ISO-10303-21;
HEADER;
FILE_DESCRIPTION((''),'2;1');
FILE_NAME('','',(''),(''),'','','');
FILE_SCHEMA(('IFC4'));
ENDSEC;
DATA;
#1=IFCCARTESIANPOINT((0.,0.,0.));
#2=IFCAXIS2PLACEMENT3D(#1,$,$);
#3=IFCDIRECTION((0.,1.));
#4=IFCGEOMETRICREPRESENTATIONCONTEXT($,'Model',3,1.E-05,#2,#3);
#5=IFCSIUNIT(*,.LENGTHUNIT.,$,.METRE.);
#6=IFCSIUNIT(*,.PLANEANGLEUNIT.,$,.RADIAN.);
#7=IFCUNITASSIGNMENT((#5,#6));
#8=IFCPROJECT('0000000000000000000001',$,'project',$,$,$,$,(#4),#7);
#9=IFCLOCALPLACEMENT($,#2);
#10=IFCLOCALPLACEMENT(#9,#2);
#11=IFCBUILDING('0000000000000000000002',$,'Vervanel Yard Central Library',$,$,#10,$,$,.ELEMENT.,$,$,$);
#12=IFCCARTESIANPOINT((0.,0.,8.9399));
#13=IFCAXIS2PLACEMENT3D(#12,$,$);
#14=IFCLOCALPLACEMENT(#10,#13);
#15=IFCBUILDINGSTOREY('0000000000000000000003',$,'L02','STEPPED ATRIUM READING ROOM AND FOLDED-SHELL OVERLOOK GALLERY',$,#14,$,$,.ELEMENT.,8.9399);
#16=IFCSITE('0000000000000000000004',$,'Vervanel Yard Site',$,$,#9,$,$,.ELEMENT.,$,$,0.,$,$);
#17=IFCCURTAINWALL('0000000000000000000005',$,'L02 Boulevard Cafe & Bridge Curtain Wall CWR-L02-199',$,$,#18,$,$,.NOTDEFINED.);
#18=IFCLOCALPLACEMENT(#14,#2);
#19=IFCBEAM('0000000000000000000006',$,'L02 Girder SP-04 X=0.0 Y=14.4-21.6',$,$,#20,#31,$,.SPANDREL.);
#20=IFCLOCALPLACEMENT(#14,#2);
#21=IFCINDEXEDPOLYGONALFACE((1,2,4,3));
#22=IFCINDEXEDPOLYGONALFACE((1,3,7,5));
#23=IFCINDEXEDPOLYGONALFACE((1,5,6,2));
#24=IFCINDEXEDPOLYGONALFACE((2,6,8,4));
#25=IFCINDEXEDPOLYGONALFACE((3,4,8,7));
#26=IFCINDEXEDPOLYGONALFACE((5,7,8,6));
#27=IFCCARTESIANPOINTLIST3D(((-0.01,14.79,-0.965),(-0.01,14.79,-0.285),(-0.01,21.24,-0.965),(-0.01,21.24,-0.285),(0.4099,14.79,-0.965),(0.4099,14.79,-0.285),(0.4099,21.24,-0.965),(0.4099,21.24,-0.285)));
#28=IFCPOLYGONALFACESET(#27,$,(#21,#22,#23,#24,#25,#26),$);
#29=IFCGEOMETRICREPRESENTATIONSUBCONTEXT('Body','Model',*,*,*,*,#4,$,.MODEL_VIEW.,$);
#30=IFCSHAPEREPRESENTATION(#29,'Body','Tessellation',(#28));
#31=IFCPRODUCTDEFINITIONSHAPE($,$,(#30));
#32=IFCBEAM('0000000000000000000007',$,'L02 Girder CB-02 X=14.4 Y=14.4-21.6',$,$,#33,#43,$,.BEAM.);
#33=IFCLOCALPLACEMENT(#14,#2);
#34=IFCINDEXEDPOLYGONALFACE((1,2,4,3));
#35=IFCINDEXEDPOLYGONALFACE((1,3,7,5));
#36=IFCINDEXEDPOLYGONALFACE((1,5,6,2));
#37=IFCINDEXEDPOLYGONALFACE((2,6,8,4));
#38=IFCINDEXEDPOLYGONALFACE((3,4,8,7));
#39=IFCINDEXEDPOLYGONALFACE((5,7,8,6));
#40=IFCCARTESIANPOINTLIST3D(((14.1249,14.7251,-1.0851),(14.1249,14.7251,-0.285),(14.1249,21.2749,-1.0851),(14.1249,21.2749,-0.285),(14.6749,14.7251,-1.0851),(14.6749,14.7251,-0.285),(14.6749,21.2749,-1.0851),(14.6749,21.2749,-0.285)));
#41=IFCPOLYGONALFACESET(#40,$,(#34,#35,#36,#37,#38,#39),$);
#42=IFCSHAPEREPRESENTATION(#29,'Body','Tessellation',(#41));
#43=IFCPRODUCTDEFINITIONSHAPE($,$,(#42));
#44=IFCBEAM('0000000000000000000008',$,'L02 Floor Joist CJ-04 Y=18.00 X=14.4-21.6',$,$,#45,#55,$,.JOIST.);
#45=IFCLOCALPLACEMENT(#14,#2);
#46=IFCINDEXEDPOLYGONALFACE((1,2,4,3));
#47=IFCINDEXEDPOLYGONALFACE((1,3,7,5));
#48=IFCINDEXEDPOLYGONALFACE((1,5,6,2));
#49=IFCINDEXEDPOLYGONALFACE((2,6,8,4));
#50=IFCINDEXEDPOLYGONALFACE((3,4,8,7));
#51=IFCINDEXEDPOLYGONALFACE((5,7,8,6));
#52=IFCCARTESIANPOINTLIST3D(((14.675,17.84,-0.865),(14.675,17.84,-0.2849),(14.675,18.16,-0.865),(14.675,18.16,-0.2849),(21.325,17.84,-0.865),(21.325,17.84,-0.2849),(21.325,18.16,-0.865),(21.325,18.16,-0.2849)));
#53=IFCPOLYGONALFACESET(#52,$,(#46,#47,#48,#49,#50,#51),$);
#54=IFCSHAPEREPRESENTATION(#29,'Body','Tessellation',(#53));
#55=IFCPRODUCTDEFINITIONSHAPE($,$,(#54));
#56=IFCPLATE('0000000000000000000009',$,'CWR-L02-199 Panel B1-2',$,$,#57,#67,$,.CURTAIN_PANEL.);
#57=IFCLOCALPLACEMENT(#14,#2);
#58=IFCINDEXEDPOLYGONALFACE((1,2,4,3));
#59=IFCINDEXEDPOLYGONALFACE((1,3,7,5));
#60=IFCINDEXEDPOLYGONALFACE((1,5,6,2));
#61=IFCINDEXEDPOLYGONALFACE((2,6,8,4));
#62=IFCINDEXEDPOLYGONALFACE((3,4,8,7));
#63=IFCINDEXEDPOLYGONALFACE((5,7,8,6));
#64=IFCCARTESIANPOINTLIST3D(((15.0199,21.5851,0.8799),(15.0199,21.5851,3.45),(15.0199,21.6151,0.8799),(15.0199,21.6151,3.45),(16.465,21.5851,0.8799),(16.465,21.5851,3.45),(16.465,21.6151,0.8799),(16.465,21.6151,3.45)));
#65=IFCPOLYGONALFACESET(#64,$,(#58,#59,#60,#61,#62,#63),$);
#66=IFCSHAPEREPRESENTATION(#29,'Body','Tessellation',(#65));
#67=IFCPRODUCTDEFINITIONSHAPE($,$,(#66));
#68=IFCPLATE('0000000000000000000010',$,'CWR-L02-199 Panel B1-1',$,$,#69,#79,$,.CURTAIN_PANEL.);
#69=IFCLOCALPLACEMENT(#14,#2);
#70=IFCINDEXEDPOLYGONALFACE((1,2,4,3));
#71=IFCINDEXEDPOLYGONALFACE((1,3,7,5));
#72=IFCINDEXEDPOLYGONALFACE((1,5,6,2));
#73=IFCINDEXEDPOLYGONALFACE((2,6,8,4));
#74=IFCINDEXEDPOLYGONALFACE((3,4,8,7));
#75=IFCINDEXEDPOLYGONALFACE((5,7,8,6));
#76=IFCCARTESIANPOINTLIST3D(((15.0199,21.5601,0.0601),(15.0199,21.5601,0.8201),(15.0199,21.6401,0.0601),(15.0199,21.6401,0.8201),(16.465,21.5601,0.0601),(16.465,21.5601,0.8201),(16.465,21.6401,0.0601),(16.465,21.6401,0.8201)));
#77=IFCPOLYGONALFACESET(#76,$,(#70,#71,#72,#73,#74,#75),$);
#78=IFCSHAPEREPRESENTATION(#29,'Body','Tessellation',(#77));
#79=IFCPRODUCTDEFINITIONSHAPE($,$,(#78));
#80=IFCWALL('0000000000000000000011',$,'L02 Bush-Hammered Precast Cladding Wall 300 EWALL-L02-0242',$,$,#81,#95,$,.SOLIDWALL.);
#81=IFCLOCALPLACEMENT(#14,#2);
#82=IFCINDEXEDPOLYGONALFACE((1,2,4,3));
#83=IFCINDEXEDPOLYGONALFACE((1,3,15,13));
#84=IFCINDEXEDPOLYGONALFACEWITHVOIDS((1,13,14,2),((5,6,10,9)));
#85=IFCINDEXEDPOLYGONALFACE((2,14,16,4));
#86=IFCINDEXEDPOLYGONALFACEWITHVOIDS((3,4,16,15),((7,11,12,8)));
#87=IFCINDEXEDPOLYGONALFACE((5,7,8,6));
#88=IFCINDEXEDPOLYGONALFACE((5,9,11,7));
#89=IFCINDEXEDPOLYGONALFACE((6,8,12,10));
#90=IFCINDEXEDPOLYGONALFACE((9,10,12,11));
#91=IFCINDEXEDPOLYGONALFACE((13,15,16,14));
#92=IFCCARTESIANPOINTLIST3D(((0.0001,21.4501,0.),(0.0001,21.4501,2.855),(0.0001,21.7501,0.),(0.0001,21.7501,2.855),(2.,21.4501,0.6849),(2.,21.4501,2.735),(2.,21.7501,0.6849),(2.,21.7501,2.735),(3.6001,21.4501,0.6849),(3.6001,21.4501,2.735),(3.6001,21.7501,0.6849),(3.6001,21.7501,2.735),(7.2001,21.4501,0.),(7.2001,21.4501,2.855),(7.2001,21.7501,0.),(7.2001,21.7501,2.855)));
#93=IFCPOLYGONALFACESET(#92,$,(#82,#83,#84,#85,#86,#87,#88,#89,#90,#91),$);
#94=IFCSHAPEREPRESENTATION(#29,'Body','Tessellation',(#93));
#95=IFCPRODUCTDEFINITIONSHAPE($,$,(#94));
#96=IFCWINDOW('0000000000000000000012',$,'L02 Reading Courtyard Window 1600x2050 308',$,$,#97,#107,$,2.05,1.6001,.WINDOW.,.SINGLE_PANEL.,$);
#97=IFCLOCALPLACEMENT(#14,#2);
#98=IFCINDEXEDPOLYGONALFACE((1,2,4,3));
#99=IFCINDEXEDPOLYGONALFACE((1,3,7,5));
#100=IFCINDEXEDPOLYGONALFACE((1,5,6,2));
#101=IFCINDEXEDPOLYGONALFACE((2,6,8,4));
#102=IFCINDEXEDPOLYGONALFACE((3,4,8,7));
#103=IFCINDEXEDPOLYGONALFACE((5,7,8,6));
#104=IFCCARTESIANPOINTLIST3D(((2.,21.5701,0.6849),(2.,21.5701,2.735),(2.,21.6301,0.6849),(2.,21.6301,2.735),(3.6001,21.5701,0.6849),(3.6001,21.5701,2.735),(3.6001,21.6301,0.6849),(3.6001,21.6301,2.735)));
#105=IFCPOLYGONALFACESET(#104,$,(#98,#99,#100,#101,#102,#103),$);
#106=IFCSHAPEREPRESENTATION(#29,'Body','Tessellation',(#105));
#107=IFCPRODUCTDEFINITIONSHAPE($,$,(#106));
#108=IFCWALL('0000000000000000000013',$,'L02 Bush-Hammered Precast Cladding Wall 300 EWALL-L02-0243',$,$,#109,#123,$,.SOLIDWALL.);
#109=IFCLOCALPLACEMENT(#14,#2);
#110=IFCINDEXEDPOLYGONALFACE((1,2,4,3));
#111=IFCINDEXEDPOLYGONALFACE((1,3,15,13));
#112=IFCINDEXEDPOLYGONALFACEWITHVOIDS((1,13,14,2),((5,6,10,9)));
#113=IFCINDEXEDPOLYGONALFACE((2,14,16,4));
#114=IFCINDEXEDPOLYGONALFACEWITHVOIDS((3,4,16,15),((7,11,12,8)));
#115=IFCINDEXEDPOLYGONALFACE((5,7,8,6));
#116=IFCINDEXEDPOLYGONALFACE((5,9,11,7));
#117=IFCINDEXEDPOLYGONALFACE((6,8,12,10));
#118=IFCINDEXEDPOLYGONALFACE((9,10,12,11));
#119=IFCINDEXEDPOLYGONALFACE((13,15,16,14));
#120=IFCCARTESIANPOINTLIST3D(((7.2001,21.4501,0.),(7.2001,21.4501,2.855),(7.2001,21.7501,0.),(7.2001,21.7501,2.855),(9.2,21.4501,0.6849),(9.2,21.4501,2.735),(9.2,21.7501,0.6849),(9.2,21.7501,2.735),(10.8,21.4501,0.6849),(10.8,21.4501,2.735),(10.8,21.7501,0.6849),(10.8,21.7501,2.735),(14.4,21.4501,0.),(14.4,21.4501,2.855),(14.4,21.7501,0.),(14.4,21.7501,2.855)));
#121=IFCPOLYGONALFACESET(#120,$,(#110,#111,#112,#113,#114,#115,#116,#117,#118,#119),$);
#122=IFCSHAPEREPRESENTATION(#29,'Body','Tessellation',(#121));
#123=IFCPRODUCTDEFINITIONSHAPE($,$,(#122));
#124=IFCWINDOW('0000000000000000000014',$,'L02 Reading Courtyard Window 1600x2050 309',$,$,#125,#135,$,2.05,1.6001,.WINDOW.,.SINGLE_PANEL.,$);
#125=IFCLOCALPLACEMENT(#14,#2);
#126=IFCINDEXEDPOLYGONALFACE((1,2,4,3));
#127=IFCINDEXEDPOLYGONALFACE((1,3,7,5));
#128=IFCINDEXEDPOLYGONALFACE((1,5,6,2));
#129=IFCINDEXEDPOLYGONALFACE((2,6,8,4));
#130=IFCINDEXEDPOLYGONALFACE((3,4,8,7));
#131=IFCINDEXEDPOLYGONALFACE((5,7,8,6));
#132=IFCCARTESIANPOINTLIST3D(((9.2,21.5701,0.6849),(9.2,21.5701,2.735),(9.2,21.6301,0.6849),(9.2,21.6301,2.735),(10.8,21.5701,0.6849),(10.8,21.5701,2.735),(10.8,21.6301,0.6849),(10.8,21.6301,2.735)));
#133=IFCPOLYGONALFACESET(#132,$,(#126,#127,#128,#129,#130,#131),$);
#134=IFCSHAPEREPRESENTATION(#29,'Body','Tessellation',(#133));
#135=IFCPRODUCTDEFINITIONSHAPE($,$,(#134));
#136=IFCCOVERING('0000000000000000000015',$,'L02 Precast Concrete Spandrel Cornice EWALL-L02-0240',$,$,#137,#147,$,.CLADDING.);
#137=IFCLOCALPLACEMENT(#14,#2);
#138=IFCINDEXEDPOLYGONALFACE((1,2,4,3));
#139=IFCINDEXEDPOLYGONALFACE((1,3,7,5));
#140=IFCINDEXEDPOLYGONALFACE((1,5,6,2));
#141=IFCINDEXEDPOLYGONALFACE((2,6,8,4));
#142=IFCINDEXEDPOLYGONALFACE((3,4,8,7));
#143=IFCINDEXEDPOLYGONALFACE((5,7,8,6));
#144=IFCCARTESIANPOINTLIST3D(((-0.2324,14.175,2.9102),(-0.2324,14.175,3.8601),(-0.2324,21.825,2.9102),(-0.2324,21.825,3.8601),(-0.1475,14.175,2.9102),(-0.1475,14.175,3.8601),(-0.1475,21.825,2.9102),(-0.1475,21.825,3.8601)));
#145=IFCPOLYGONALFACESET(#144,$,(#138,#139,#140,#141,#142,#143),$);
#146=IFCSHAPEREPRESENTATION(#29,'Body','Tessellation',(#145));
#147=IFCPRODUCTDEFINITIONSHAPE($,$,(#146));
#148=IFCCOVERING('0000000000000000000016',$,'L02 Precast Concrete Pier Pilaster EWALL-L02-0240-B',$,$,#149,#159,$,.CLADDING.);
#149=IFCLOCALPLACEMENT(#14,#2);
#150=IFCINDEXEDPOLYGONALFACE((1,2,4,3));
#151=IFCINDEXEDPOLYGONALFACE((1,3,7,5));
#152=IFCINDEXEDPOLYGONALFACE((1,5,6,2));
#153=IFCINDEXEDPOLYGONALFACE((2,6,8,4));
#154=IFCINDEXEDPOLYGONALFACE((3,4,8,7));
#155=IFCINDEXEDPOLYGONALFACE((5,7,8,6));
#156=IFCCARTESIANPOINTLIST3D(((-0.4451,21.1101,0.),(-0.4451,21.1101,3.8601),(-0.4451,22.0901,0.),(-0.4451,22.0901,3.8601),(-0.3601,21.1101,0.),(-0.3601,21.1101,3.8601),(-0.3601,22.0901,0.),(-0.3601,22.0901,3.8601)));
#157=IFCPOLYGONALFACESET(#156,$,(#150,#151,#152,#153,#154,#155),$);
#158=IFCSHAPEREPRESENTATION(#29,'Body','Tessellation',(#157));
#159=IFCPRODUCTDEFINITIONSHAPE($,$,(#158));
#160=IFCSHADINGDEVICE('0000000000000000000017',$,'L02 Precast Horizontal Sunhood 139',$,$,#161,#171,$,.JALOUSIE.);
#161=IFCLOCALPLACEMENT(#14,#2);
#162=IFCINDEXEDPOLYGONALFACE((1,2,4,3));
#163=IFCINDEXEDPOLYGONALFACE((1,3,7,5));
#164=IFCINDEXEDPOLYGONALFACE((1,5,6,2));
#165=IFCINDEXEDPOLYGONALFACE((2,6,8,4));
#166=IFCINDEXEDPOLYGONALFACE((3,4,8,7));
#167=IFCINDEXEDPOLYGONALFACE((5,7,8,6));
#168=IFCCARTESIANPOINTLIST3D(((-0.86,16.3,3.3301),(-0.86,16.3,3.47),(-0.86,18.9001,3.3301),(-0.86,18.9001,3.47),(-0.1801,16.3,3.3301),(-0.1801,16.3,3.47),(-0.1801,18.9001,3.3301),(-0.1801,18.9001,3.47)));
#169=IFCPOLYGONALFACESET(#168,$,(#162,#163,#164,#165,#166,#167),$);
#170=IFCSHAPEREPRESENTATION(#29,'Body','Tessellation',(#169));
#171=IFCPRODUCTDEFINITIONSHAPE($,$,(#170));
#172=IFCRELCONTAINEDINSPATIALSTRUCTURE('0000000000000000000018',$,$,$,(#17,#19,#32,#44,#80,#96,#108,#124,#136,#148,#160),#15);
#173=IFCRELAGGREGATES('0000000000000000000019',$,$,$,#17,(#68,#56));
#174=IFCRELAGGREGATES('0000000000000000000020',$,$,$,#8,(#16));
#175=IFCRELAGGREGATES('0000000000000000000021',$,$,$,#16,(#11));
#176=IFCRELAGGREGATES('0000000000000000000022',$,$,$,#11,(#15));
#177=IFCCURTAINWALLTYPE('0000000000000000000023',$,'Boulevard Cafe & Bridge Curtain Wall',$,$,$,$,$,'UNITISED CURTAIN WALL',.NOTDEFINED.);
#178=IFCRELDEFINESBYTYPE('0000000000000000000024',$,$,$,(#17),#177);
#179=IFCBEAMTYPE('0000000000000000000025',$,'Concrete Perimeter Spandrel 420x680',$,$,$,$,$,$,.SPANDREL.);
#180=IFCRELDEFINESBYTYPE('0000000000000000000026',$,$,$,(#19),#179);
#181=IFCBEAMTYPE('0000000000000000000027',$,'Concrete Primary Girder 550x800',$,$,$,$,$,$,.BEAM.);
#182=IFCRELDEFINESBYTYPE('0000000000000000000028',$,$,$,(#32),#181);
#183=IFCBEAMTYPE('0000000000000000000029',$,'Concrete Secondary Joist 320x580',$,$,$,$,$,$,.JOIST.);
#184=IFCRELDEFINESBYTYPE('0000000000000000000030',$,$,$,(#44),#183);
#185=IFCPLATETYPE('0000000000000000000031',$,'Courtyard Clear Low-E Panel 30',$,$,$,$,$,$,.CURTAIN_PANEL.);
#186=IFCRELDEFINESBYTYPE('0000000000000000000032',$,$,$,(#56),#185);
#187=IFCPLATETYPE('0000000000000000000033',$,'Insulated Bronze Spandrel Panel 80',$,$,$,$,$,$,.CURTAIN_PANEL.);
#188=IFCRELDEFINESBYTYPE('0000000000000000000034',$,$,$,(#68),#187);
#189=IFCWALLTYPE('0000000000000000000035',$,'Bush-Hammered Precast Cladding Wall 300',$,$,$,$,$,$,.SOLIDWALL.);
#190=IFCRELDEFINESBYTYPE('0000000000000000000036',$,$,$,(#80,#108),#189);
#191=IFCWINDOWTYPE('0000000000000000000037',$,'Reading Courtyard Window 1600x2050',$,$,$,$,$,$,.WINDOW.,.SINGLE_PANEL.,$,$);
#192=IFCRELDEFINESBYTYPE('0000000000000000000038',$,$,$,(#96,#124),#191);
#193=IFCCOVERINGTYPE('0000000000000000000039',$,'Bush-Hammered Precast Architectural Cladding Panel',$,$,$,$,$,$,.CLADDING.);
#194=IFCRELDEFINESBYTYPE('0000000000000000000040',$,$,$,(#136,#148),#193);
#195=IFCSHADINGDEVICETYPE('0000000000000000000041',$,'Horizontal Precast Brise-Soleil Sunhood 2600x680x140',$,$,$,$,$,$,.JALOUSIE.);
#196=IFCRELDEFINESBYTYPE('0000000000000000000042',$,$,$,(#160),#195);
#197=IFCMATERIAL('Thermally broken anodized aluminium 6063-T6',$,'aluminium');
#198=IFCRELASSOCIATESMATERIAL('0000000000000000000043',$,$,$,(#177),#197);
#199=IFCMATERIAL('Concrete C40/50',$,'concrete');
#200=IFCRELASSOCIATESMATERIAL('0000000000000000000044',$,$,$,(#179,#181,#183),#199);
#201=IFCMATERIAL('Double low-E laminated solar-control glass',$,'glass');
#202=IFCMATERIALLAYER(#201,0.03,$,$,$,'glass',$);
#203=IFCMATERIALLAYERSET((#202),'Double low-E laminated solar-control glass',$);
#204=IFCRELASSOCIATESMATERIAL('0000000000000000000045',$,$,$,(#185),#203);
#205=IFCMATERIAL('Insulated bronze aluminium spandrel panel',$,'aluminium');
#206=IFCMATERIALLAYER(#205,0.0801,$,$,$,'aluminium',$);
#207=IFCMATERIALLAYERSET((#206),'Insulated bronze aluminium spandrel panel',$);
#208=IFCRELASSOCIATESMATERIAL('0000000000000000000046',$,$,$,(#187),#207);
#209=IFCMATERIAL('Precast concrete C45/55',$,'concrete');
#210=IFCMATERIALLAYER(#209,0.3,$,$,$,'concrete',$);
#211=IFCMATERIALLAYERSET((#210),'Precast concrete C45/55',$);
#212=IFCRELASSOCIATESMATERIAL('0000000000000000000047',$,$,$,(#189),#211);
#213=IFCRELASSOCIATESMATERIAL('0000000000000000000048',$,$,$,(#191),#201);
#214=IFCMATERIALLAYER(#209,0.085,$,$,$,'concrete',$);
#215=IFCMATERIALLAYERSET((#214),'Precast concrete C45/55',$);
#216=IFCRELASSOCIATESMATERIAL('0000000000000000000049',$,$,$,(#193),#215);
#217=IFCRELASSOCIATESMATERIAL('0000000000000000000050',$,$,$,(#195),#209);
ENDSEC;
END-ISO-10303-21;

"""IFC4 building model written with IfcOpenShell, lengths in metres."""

from ifc_helpers import new_model, si_unit, direction, frame, frame_2d, origin, origin_2d, place, context, subcontext, project, spatial, rectangle, extrude, material, layer, layer_set, material_profile, profile_set, type_object, element, fill, aggregate, save


model = new_model("IFC4")

# Units and contexts
model_context = context("Model", 3, precision=1e-05, world=origin(), true_north=direction((0.0, 1.0)))
body_context = subcontext(model_context, "Body", "Model", "MODEL_VIEW")
ifc_project = project(units=[si_unit("LENGTHUNIT", "METRE"), si_unit("PLANEANGLEUNIT", "RADIAN")], contexts=[model_context])

# Site, building, storey
site_placement = place(None, origin())
site = spatial("IfcSite", under=ifc_project, at=site_placement, Name="Vervanel Yard Site", CompositionType="ELEMENT", RefElevation=0.0)
building_placement = place(site_placement, origin())
building = spatial("IfcBuilding", under=site, at=building_placement, Name="Vervanel Yard Central Library", CompositionType="ELEMENT")
storey_placement = place(building_placement, frame((0.0, 0.0, 8.9399)))
storey = spatial("IfcBuildingStorey", under=building, at=storey_placement, Name="L02", Description="STEPPED ATRIUM READING ROOM AND FOLDED-SHELL OVERLOOK GALLERY", CompositionType="ELEMENT", Elevation=8.9399)

# Shared definitions
ifc_material_1 = material(Name="Concrete C40/50", Category="concrete")

# Curtain wall
ifc_material_2 = material(Name="Thermally broken anodized aluminium 6063-T6", Category="aluminium")
curtain_wall_type = type_object("IfcCurtainWallType", Name="Boulevard Cafe & Bridge Curtain Wall", ElementType="UNITISED CURTAIN WALL", PredefinedType="NOTDEFINED", material=ifc_material_2)
curtain_wall_placement = place(storey_placement, origin())
curtain_wall = element("IfcCurtainWall", 1, at=curtain_wall_placement, inside=storey, type_object=curtain_wall_type, Name="L02 Boulevard Cafe & Bridge Curtain Wall CWR-L02-199", PredefinedType="NOTDEFINED")

# Beams
ifc_material_profile_1 = material_profile(ifc_material_1, rectangle(XDim=0.4199, YDim=0.6799, at=origin_2d()), Name="RC 420x680", Category="concrete")
ifc_profile_set_1 = profile_set([ifc_material_profile_1], Name="Concrete C40/50")
beam_type_1 = type_object("IfcBeamType", Name="Concrete Perimeter Spandrel 420x680", PredefinedType="SPANDREL", material=ifc_profile_set_1)
beam_1_placement = place(storey_placement, frame((0.2, 14.79, -0.625), z_axis=(0.0, 1.0, 0.0), x_axis=(-1.0, 0.0, 0.0)))
element("IfcBeam", 2, at=beam_1_placement, inside=storey, type_object=beam_type_1, Name="L02 Girder SP-04 X=0.0 Y=14.4-21.6", PredefinedType="SPANDREL", context=body_context, shape_type="SweptSolid", body=[
    extrude(rectangle(XDim=0.4199, YDim=0.6799, at=origin_2d()), origin(), (0.0, 0.0, 1.0), 6.45),
])
ifc_material_profile_2 = material_profile(ifc_material_1, rectangle(XDim=0.55, YDim=0.8, at=origin_2d()), Name="RC 550x800", Category="concrete")
ifc_profile_set_2 = profile_set([ifc_material_profile_2], Name="Concrete C40/50")
beam_type_2 = type_object("IfcBeamType", Name="Concrete Primary Girder 550x800", PredefinedType="BEAM", material=ifc_profile_set_2)
beam_2_placement = place(storey_placement, frame((14.3999, 14.7251, -0.6851), z_axis=(0.0, 1.0, 0.0), x_axis=(-1.0, 0.0, 0.0)))
element("IfcBeam", 3, at=beam_2_placement, inside=storey, type_object=beam_type_2, Name="L02 Girder CB-02 X=14.4 Y=14.4-21.6", PredefinedType="BEAM", context=body_context, shape_type="SweptSolid", body=[
    extrude(rectangle(XDim=0.55, YDim=0.8, at=origin_2d()), origin(), (0.0, 0.0, 1.0), 6.5498),
])
ifc_material_profile_3 = material_profile(ifc_material_1, rectangle(XDim=0.3201, YDim=0.5801, at=origin_2d()), Name="RC 320x580", Category="concrete")
ifc_profile_set_3 = profile_set([ifc_material_profile_3], Name="Concrete C40/50")
beam_type_3 = type_object("IfcBeamType", Name="Concrete Secondary Joist 320x580", PredefinedType="JOIST", material=ifc_profile_set_3)
beam_3_placement = place(storey_placement, frame((14.675, 18.0, -0.575), z_axis=(1.0, 0.0, 0.0), x_axis=(0.0, 1.0, 0.0)))
element("IfcBeam", 4, at=beam_3_placement, inside=storey, type_object=beam_type_3, Name="L02 Floor Joist CJ-04 Y=18.00 X=14.4-21.6", PredefinedType="JOIST", context=body_context, shape_type="SweptSolid", body=[
    extrude(rectangle(XDim=0.3201, YDim=0.5801, at=origin_2d()), origin(), (0.0, 0.0, 1.0), 6.6499),
])

# Plates
ifc_material_3 = material(Name="Double low-E laminated solar-control glass", Category="glass")
ifc_layer_1 = layer(ifc_material_3, 0.03, Category="glass")
ifc_layer_set_1 = layer_set([ifc_layer_1], Name="Double low-E laminated solar-control glass")
plate_type_1 = type_object("IfcPlateType", Name="Courtyard Clear Low-E Panel 30", PredefinedType="CURTAIN_PANEL", material=ifc_layer_set_1)
plate_1_placement = place(storey_placement, frame((15.7424, 21.6001, 0.8799), z_axis=(0.0, 0.0, 1.0), x_axis=(1.0, 0.0, 0.0)))
plate_1 = element("IfcPlate", 5, at=plate_1_placement, type_object=plate_type_1, Name="CWR-L02-199 Panel B1-2", PredefinedType="CURTAIN_PANEL", context=body_context, shape_type="SweptSolid", body=[
    extrude(rectangle(XDim=1.4451, YDim=0.03, at=origin_2d()), origin(), (0.0, 0.0, 1.0), 2.5701),
])
ifc_material_4 = material(Name="Insulated bronze aluminium spandrel panel", Category="aluminium")
ifc_layer_2 = layer(ifc_material_4, 0.0801, Category="aluminium")
ifc_layer_set_2 = layer_set([ifc_layer_2], Name="Insulated bronze aluminium spandrel panel")
plate_type_2 = type_object("IfcPlateType", Name="Insulated Bronze Spandrel Panel 80", PredefinedType="CURTAIN_PANEL", material=ifc_layer_set_2)
plate_2_placement = place(storey_placement, frame((15.7424, 21.6001, 0.0601), z_axis=(0.0, 0.0, 1.0), x_axis=(1.0, 0.0, 0.0)))
plate_2 = element("IfcPlate", 6, at=plate_2_placement, type_object=plate_type_2, Name="CWR-L02-199 Panel B1-1", PredefinedType="CURTAIN_PANEL", context=body_context, shape_type="SweptSolid", body=[
    extrude(rectangle(XDim=1.4451, YDim=0.0801, at=origin_2d()), origin(), (0.0, 0.0, 1.0), 0.76),
])
aggregate(curtain_wall, [plate_2, plate_1])

# Walls, openings, windows
ifc_material_5 = material(Name="Precast concrete C45/55", Category="concrete")
ifc_layer_3 = layer(ifc_material_5, 0.3, Category="concrete")
ifc_layer_set_3 = layer_set([ifc_layer_3], Name="Precast concrete C45/55")
wall_type = type_object("IfcWallType", Name="Bush-Hammered Precast Cladding Wall 300", PredefinedType="SOLIDWALL", material=ifc_layer_set_3)
wall_1_placement = place(storey_placement, frame((0.0, 21.6001, 0.0), z_axis=(0.0, 0.0, 1.0), x_axis=(1.0, 0.0, 0.0)))
wall_1 = element("IfcWall", 7, at=wall_1_placement, inside=storey, type_object=wall_type, Name="L02 Bush-Hammered Precast Cladding Wall 300 EWALL-L02-0242", PredefinedType="SOLIDWALL", context=body_context, shape_type="SweptSolid", body=[
    extrude(rectangle(XDim=7.2, YDim=0.3, at=frame_2d((3.6001, 0.0))), origin(), (0.0, 0.0, 1.0), 2.855),
])
opening_1_placement = place(wall_1_placement, frame((2.0, 0.0, 0.6851)))
opening_1 = element("IfcOpeningElement", 8, at=opening_1_placement, cuts=wall_1, PredefinedType="OPENING", context=body_context, shape_type="SweptSolid", body=[
    extrude(rectangle(XDim=1.6001, YDim=2.05, at=frame_2d((0.8, 1.0249))), frame((0.0, 0.1599, 0.0), z_axis=(0.0, -1.0, 0.0), x_axis=(1.0, 0.0, 0.0)), (0.0, 0.0, 1.0), 0.3201),
])
window_type = type_object("IfcWindowType", Name="Reading Courtyard Window 1600x2050", PartitioningType="SINGLE_PANEL", PredefinedType="WINDOW", material=ifc_material_3)
window_1_placement = place(opening_1_placement, origin())
window_1 = element("IfcWindow", 9, at=window_1_placement, inside=storey, type_object=window_type, Name="L02 Reading Courtyard Window 1600x2050 308", OverallHeight=2.05, OverallWidth=1.6001, PartitioningType="SINGLE_PANEL", PredefinedType="WINDOW", context=body_context, shape_type="SweptSolid", body=[
    extrude(rectangle(XDim=1.6001, YDim=2.05, at=frame_2d((0.8, 1.0249))), frame((0.0, 0.03, 0.0), z_axis=(0.0, -1.0, 0.0), x_axis=(1.0, 0.0, 0.0)), (0.0, 0.0, 1.0), 0.0601),
])
fill(opening_1, window_1)
wall_2_placement = place(storey_placement, frame((7.2, 21.6001, 0.0), z_axis=(0.0, 0.0, 1.0), x_axis=(1.0, 0.0, 0.0)))
wall_2 = element("IfcWall", 10, at=wall_2_placement, inside=storey, type_object=wall_type, Name="L02 Bush-Hammered Precast Cladding Wall 300 EWALL-L02-0243", PredefinedType="SOLIDWALL", context=body_context, shape_type="SweptSolid", body=[
    extrude(rectangle(XDim=7.2, YDim=0.3, at=frame_2d((3.6001, 0.0))), origin(), (0.0, 0.0, 1.0), 2.855),
])
opening_2_placement = place(wall_2_placement, frame((2.0, 0.0, 0.6851)))
opening_2 = element("IfcOpeningElement", 11, at=opening_2_placement, cuts=wall_2, PredefinedType="OPENING", context=body_context, shape_type="SweptSolid", body=[
    extrude(rectangle(XDim=1.6001, YDim=2.05, at=frame_2d((0.8, 1.0249))), frame((0.0, 0.1599, 0.0), z_axis=(0.0, -1.0, 0.0), x_axis=(1.0, 0.0, 0.0)), (0.0, 0.0, 1.0), 0.3201),
])
window_2_placement = place(opening_2_placement, origin())
window_2 = element("IfcWindow", 12, at=window_2_placement, inside=storey, type_object=window_type, Name="L02 Reading Courtyard Window 1600x2050 309", OverallHeight=2.05, OverallWidth=1.6001, PartitioningType="SINGLE_PANEL", PredefinedType="WINDOW", context=body_context, shape_type="SweptSolid", body=[
    extrude(rectangle(XDim=1.6001, YDim=2.05, at=frame_2d((0.8, 1.0249))), frame((0.0, 0.03, 0.0), z_axis=(0.0, -1.0, 0.0), x_axis=(1.0, 0.0, 0.0)), (0.0, 0.0, 1.0), 0.0601),
])
fill(opening_2, window_2)

# Coverings
ifc_layer_4 = layer(ifc_material_5, 0.085, Category="concrete")
ifc_layer_set_4 = layer_set([ifc_layer_4], Name="Precast concrete C45/55")
covering_type = type_object("IfcCoveringType", Name="Bush-Hammered Precast Architectural Cladding Panel", PredefinedType="CLADDING", material=ifc_layer_set_4)
covering_1_placement = place(storey_placement, frame((-0.1899, 18.0, 2.9102), z_axis=(0.0, 0.0, 1.0), x_axis=(0.0, 1.0, 0.0)))
element("IfcCovering", 13, at=covering_1_placement, inside=storey, type_object=covering_type, Name="L02 Precast Concrete Spandrel Cornice EWALL-L02-0240", PredefinedType="CLADDING", context=body_context, shape_type="SweptSolid", body=[
    extrude(rectangle(XDim=7.6499, YDim=0.085, at=origin_2d()), origin(), (0.0, 0.0, 1.0), 0.95),
])
covering_2_placement = place(storey_placement, frame((-0.4026, 21.6001, 0.0), z_axis=(0.0, 0.0, 1.0), x_axis=(0.0, 1.0, 0.0)))
element("IfcCovering", 14, at=covering_2_placement, inside=storey, type_object=covering_type, Name="L02 Precast Concrete Pier Pilaster EWALL-L02-0240-B", PredefinedType="CLADDING", context=body_context, shape_type="SweptSolid", body=[
    extrude(rectangle(XDim=0.98, YDim=0.085, at=origin_2d()), origin(), (0.0, 0.0, 1.0), 3.8601),
])

# Shading device
shading_device_type_1 = type_object("IfcShadingDeviceType", Name="Horizontal Precast Brise-Soleil Sunhood 2600x680x140", PredefinedType="JALOUSIE", material=ifc_material_5)
shading_device_placement = place(storey_placement, frame((-0.52, 17.6001, 3.3301), z_axis=(0.0, 0.0, 1.0), x_axis=(0.0, 1.0, 0.0)))
element("IfcShadingDevice", 15, at=shading_device_placement, inside=storey, type_object=shading_device_type_1, Name="L02 Precast Horizontal Sunhood 139", PredefinedType="JALOUSIE", context=body_context, shape_type="SweptSolid", body=[
    extrude(rectangle(XDim=2.6001, YDim=0.6799, at=origin_2d()), origin(), (0.0, 0.0, 1.0), 0.1399),
])

save(model, "model.ifc")
